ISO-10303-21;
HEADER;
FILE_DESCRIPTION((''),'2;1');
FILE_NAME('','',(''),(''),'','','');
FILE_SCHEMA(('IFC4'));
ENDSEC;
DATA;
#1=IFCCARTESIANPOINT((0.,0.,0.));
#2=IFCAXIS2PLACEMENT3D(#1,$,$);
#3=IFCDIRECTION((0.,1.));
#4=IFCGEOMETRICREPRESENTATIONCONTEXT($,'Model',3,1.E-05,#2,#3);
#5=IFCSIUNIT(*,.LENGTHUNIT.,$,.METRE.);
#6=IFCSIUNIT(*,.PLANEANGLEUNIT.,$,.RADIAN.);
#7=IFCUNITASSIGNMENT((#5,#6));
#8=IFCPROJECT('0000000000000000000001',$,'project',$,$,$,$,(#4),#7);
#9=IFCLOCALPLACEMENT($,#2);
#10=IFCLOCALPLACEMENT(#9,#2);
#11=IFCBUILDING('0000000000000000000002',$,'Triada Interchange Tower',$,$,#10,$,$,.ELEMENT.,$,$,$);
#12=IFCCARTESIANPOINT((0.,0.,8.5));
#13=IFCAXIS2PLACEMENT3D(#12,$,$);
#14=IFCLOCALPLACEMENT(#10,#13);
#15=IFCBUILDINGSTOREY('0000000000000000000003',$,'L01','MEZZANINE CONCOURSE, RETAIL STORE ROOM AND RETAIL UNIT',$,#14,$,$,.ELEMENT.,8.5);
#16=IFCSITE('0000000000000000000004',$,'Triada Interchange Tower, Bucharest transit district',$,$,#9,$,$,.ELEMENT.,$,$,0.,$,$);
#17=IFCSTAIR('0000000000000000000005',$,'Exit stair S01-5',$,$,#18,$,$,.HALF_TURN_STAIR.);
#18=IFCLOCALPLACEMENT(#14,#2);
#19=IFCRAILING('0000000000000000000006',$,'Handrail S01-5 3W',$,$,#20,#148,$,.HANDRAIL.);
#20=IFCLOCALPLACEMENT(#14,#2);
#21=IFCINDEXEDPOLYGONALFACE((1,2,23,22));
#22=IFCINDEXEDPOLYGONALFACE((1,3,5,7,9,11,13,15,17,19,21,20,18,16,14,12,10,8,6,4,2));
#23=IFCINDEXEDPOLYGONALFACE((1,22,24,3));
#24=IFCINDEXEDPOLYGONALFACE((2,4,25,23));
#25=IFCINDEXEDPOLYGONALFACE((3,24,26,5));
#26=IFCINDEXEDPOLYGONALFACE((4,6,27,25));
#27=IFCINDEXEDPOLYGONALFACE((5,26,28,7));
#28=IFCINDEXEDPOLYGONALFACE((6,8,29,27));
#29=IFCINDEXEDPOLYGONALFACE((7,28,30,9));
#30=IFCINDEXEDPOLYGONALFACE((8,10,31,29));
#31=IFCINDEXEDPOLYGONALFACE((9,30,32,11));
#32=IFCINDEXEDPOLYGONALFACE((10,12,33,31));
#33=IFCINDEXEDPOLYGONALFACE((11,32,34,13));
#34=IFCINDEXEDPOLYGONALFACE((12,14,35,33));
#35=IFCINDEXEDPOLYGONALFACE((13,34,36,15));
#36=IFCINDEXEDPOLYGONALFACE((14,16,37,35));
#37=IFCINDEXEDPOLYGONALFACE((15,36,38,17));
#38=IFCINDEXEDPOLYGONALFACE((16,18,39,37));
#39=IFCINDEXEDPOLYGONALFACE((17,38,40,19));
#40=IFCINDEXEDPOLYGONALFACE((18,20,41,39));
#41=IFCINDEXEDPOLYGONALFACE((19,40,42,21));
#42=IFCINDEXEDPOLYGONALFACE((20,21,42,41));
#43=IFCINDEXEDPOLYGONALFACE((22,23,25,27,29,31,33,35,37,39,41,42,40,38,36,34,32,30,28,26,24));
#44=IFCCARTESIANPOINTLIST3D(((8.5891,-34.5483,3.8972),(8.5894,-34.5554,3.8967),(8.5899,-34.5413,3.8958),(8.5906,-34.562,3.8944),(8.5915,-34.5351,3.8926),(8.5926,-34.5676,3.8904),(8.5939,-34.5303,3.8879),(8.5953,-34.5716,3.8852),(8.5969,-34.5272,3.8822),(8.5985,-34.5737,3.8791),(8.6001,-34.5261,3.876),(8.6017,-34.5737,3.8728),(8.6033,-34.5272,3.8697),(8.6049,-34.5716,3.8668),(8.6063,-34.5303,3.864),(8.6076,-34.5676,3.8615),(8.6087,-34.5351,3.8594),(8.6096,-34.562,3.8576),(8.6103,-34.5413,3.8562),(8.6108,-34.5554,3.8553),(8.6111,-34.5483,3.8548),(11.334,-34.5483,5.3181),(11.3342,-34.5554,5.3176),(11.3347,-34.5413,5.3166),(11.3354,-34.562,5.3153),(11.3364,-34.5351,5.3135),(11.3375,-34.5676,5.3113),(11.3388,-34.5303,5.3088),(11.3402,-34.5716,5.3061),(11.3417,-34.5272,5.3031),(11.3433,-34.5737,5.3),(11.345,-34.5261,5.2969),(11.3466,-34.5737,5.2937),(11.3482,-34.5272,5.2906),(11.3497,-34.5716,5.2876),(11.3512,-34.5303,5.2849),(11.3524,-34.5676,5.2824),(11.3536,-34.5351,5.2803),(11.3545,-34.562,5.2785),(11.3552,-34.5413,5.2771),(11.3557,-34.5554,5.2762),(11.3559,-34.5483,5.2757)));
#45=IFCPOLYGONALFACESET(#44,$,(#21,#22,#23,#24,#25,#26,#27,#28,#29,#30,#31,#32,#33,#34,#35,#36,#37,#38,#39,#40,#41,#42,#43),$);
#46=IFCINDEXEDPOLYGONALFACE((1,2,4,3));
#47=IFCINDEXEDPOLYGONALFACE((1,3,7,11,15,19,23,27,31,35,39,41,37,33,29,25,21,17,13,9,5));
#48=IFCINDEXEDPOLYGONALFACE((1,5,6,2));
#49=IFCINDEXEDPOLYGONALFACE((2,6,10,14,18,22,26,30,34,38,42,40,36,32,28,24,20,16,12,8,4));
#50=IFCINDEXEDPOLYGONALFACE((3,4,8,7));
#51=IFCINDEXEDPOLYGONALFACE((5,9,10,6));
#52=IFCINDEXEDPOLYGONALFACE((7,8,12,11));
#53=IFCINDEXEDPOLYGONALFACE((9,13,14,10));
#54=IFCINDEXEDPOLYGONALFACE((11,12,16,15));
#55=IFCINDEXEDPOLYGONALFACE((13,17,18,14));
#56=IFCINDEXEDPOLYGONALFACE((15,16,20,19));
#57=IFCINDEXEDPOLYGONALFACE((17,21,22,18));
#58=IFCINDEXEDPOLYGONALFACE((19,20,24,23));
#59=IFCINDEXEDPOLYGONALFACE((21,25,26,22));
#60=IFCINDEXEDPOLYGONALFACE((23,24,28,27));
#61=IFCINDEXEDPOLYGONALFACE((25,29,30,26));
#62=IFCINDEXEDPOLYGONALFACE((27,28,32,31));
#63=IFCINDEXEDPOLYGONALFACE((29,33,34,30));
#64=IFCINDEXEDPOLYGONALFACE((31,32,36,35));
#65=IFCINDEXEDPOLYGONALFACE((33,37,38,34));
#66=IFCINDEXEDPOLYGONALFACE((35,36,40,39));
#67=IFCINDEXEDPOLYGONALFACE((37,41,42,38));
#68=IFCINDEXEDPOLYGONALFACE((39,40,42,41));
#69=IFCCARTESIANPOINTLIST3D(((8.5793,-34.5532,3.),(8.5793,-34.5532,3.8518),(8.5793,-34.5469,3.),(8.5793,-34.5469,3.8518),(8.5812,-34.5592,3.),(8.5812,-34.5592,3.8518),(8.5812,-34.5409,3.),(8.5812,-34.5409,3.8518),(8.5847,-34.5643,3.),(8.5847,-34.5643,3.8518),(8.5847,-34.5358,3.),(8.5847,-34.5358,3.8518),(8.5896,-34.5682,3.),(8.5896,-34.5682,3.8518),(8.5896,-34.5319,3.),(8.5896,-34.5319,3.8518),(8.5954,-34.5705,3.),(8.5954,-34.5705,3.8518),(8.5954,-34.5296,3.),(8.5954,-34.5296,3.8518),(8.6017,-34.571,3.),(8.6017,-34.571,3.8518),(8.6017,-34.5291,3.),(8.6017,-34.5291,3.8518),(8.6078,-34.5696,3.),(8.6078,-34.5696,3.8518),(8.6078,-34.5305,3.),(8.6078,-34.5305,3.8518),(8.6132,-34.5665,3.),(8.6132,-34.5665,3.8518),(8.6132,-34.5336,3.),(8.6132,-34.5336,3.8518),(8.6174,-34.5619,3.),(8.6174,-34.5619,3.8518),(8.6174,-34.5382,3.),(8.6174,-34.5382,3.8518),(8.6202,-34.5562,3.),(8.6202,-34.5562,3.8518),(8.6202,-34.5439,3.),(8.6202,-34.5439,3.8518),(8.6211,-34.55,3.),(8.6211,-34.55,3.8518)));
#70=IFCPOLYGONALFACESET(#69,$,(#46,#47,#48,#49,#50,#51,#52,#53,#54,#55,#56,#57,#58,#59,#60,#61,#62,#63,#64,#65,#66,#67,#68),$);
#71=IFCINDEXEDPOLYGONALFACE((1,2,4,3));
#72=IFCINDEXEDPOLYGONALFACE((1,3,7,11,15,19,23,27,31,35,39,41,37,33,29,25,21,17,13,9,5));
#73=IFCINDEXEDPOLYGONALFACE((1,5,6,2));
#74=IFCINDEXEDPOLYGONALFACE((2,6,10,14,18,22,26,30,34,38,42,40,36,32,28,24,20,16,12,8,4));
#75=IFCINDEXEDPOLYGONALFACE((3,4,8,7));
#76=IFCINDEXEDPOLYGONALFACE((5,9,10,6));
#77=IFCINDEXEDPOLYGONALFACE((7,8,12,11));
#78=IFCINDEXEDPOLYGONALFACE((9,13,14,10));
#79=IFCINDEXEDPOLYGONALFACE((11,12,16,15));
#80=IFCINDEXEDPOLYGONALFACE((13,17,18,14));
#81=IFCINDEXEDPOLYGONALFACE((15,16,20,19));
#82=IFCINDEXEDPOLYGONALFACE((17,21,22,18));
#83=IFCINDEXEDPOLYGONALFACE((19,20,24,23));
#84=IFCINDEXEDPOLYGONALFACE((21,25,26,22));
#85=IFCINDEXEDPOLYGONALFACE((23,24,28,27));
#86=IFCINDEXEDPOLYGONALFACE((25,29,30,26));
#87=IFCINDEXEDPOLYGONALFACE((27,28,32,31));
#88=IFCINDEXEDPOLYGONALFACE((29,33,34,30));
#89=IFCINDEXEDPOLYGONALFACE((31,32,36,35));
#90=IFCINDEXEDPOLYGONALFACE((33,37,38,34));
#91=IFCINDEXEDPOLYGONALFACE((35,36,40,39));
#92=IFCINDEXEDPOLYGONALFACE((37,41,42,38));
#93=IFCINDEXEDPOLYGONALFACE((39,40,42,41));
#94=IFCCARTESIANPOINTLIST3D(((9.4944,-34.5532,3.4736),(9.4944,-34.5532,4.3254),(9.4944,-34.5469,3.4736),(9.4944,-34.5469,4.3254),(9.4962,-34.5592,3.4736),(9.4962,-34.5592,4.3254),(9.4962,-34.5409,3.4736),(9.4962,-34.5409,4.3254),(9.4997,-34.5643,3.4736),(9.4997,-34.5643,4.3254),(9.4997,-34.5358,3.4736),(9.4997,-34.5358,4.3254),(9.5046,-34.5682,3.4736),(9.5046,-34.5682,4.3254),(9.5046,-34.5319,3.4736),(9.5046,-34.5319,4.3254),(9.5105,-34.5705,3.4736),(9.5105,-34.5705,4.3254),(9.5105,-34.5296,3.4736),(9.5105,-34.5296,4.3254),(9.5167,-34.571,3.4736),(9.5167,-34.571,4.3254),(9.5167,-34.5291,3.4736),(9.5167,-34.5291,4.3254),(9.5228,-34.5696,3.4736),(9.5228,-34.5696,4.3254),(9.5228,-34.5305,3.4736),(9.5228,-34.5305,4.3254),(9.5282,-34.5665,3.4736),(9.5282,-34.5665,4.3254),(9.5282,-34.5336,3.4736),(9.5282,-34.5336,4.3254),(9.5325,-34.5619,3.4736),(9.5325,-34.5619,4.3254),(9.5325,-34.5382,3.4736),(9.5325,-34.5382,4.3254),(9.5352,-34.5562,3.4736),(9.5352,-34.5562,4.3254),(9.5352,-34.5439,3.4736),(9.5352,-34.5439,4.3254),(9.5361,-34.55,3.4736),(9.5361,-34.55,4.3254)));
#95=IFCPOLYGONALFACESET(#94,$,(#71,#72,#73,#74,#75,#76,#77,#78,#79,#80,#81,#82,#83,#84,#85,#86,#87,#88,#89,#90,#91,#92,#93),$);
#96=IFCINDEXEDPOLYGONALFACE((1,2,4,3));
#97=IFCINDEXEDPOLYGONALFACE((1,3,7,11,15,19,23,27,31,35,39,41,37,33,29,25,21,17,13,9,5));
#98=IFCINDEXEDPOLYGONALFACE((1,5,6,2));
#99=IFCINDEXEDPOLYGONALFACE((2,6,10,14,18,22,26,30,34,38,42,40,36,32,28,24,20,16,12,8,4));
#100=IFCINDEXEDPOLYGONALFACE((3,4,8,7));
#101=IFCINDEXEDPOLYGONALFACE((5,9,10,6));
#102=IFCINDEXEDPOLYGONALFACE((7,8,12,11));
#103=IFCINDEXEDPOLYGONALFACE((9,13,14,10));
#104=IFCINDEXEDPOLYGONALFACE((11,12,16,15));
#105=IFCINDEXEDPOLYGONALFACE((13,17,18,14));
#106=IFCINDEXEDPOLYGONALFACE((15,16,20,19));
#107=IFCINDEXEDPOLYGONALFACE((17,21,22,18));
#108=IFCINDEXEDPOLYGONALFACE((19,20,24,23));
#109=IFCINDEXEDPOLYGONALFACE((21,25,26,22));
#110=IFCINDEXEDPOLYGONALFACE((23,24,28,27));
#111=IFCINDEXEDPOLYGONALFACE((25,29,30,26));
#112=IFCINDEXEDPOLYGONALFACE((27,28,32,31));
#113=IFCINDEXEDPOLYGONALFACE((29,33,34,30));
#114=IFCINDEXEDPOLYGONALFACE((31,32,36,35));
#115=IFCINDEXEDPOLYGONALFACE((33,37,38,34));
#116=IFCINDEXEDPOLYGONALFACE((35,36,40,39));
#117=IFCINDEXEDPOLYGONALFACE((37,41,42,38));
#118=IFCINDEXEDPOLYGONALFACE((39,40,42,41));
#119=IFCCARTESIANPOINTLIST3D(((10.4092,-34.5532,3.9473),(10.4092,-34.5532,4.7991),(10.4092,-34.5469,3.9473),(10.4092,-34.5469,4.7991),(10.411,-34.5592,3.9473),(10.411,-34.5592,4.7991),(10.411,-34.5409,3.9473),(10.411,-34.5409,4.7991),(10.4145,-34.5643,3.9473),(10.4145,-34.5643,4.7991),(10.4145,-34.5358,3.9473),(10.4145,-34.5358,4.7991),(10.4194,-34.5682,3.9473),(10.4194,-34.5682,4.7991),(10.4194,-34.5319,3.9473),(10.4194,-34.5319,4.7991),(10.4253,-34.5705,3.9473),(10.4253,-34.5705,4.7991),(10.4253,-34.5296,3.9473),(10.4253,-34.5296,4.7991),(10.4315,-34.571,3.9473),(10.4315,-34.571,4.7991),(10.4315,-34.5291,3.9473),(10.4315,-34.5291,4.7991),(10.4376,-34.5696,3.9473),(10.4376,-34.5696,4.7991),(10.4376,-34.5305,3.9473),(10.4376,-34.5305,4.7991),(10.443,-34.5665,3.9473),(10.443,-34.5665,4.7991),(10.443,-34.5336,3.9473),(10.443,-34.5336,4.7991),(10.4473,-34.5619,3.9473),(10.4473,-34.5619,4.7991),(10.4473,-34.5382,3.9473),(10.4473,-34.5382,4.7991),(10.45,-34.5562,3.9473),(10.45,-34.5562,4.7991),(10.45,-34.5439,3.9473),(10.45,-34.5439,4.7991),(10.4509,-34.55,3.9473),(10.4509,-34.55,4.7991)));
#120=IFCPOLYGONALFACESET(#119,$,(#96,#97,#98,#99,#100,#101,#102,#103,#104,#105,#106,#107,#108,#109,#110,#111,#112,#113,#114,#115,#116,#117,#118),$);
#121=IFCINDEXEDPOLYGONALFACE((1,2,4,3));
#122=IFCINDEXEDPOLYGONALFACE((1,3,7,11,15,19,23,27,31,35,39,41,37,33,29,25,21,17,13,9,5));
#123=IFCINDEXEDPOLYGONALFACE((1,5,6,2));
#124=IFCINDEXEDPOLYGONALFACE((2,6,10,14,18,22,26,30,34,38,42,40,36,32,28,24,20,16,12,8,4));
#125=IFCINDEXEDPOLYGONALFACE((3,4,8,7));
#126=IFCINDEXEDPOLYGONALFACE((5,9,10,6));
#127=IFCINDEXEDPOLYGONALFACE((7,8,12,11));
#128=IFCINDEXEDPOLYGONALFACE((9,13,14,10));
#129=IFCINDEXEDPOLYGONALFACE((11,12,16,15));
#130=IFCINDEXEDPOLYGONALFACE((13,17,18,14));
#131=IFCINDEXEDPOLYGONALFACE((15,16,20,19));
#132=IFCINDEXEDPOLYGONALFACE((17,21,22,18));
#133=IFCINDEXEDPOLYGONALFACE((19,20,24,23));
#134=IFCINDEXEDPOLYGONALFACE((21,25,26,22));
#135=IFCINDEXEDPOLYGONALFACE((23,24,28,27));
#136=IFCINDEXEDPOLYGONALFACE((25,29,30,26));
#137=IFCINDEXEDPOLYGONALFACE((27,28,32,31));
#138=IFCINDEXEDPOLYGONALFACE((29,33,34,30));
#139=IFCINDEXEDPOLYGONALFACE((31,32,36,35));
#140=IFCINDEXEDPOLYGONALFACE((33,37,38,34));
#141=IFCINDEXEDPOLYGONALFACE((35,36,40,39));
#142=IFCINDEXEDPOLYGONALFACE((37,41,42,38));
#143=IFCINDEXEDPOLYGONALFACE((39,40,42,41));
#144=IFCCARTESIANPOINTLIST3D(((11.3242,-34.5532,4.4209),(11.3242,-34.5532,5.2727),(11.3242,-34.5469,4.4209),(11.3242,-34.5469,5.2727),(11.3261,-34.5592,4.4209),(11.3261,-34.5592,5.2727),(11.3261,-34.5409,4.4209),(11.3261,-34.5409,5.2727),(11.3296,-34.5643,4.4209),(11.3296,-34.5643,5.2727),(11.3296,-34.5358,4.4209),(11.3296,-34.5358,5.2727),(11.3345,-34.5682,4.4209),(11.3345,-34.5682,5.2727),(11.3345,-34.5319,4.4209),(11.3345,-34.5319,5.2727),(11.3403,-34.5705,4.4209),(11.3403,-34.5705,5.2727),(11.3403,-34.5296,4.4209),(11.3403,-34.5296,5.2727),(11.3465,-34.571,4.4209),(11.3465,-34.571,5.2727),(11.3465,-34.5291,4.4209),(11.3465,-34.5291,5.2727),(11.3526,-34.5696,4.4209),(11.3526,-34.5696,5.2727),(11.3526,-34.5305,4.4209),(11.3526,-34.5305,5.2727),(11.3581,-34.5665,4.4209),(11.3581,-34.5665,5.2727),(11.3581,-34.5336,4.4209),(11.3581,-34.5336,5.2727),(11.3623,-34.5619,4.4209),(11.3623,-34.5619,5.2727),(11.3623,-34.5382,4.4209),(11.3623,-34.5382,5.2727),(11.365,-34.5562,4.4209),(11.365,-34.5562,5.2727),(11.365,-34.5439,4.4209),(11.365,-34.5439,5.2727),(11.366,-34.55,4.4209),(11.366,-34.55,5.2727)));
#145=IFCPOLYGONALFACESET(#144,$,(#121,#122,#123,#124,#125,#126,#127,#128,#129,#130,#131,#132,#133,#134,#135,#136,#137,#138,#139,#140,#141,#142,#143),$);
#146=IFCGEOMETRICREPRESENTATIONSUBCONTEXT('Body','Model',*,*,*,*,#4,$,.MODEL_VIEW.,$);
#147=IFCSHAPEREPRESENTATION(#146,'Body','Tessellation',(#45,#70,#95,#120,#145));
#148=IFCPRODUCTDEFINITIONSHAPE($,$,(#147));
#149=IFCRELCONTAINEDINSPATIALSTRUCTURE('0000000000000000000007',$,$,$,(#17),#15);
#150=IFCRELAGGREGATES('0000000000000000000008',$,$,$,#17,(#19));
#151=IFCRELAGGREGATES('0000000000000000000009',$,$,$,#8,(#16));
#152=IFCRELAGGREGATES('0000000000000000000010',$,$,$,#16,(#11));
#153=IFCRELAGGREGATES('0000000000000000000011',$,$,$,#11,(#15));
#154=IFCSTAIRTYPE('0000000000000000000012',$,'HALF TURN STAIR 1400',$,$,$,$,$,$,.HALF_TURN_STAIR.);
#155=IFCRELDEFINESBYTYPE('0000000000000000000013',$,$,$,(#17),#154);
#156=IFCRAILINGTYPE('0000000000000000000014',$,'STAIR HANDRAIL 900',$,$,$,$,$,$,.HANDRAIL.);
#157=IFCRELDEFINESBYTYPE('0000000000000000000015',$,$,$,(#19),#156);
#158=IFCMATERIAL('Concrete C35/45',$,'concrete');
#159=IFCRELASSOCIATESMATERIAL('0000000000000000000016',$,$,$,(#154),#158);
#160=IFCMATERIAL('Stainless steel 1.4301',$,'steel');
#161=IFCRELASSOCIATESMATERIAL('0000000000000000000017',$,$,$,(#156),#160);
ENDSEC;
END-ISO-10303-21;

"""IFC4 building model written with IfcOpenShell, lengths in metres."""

from ifc_helpers import new_model, si_unit, direction, frame, origin, origin_2d, place, context, subcontext, project, spatial, circle, extrude, material, type_object, element, aggregate, save


model = new_model("IFC4")

# Units and contexts
model_context = context("Model", 3, precision=1e-05, world=origin(), true_north=direction((0.0, 1.0)))
body_context = subcontext(model_context, "Body", "Model", "MODEL_VIEW")
ifc_project = project(units=[si_unit("LENGTHUNIT", "METRE"), si_unit("PLANEANGLEUNIT", "RADIAN")], contexts=[model_context])

# Site, building, storey
site_placement = place(None, origin())
site = spatial("IfcSite", under=ifc_project, at=site_placement, Name="Triada Interchange Tower, Bucharest transit district", CompositionType="ELEMENT", RefElevation=0.0)
building_placement = place(site_placement, origin())
building = spatial("IfcBuilding", under=site, at=building_placement, Name="Triada Interchange Tower", CompositionType="ELEMENT")
storey_placement = place(building_placement, frame((0.0, 0.0, 8.5)))
storey = spatial("IfcBuildingStorey", under=building, at=storey_placement, Name="L01", Description="MEZZANINE CONCOURSE, RETAIL STORE ROOM AND RETAIL UNIT", CompositionType="ELEMENT", Elevation=8.5)

# Shared definitions
ifc_material_1 = material(Name="Concrete C35/45", Category="concrete")

# Stair
stair_type = type_object("IfcStairType", Name="HALF TURN STAIR 1400", PredefinedType="HALF_TURN_STAIR", material=ifc_material_1)
stair_1_placement = place(storey_placement, origin())
stair_1 = element("IfcStair", 1, at=stair_1_placement, inside=storey, type_object=stair_type, Name="Exit stair S01-5", PredefinedType="HALF_TURN_STAIR")

# Shared definitions
ifc_material_2 = material(Name="Stainless steel 1.4301", Category="steel")

# Railing
railing_type_1 = type_object("IfcRailingType", Name="STAIR HANDRAIL 900", PredefinedType="HANDRAIL", material=ifc_material_2)
railing_1_placement = place(storey_placement, frame((8.6001, -34.55, 3.0)))
railing_1 = element("IfcRailing", 2, at=railing_1_placement, type_object=railing_type_1, Name="Handrail S01-5 3W", PredefinedType="HANDRAIL", context=body_context, shape_type="SweptSolid", body=[
    extrude(circle(Radius=0.0239, at=origin_2d()), frame((0.0, 0.0, 0.876), z_axis=(0.888068, 0.0, 0.459713), x_axis=(0.0, 1.0, 0.0)), (0.0, 0.0, 1.0), 3.0908),
    extrude(circle(Radius=0.021, at=origin_2d()), origin(), (0.0, 0.0, 1.0), 0.8518),
    extrude(circle(Radius=0.021, at=origin_2d()), frame((0.915, 0.0, 0.4736)), (0.0, 0.0, 1.0), 0.8518),
    extrude(circle(Radius=0.021, at=origin_2d()), frame((1.8298, 0.0, 0.9473)), (0.0, 0.0, 1.0), 0.8518),
    extrude(circle(Radius=0.021, at=origin_2d()), frame((2.7449, 0.0, 1.4209)), (0.0, 0.0, 1.0), 0.8518),
])
aggregate(stair_1, [railing_1])

save(model, "model.ifc")
